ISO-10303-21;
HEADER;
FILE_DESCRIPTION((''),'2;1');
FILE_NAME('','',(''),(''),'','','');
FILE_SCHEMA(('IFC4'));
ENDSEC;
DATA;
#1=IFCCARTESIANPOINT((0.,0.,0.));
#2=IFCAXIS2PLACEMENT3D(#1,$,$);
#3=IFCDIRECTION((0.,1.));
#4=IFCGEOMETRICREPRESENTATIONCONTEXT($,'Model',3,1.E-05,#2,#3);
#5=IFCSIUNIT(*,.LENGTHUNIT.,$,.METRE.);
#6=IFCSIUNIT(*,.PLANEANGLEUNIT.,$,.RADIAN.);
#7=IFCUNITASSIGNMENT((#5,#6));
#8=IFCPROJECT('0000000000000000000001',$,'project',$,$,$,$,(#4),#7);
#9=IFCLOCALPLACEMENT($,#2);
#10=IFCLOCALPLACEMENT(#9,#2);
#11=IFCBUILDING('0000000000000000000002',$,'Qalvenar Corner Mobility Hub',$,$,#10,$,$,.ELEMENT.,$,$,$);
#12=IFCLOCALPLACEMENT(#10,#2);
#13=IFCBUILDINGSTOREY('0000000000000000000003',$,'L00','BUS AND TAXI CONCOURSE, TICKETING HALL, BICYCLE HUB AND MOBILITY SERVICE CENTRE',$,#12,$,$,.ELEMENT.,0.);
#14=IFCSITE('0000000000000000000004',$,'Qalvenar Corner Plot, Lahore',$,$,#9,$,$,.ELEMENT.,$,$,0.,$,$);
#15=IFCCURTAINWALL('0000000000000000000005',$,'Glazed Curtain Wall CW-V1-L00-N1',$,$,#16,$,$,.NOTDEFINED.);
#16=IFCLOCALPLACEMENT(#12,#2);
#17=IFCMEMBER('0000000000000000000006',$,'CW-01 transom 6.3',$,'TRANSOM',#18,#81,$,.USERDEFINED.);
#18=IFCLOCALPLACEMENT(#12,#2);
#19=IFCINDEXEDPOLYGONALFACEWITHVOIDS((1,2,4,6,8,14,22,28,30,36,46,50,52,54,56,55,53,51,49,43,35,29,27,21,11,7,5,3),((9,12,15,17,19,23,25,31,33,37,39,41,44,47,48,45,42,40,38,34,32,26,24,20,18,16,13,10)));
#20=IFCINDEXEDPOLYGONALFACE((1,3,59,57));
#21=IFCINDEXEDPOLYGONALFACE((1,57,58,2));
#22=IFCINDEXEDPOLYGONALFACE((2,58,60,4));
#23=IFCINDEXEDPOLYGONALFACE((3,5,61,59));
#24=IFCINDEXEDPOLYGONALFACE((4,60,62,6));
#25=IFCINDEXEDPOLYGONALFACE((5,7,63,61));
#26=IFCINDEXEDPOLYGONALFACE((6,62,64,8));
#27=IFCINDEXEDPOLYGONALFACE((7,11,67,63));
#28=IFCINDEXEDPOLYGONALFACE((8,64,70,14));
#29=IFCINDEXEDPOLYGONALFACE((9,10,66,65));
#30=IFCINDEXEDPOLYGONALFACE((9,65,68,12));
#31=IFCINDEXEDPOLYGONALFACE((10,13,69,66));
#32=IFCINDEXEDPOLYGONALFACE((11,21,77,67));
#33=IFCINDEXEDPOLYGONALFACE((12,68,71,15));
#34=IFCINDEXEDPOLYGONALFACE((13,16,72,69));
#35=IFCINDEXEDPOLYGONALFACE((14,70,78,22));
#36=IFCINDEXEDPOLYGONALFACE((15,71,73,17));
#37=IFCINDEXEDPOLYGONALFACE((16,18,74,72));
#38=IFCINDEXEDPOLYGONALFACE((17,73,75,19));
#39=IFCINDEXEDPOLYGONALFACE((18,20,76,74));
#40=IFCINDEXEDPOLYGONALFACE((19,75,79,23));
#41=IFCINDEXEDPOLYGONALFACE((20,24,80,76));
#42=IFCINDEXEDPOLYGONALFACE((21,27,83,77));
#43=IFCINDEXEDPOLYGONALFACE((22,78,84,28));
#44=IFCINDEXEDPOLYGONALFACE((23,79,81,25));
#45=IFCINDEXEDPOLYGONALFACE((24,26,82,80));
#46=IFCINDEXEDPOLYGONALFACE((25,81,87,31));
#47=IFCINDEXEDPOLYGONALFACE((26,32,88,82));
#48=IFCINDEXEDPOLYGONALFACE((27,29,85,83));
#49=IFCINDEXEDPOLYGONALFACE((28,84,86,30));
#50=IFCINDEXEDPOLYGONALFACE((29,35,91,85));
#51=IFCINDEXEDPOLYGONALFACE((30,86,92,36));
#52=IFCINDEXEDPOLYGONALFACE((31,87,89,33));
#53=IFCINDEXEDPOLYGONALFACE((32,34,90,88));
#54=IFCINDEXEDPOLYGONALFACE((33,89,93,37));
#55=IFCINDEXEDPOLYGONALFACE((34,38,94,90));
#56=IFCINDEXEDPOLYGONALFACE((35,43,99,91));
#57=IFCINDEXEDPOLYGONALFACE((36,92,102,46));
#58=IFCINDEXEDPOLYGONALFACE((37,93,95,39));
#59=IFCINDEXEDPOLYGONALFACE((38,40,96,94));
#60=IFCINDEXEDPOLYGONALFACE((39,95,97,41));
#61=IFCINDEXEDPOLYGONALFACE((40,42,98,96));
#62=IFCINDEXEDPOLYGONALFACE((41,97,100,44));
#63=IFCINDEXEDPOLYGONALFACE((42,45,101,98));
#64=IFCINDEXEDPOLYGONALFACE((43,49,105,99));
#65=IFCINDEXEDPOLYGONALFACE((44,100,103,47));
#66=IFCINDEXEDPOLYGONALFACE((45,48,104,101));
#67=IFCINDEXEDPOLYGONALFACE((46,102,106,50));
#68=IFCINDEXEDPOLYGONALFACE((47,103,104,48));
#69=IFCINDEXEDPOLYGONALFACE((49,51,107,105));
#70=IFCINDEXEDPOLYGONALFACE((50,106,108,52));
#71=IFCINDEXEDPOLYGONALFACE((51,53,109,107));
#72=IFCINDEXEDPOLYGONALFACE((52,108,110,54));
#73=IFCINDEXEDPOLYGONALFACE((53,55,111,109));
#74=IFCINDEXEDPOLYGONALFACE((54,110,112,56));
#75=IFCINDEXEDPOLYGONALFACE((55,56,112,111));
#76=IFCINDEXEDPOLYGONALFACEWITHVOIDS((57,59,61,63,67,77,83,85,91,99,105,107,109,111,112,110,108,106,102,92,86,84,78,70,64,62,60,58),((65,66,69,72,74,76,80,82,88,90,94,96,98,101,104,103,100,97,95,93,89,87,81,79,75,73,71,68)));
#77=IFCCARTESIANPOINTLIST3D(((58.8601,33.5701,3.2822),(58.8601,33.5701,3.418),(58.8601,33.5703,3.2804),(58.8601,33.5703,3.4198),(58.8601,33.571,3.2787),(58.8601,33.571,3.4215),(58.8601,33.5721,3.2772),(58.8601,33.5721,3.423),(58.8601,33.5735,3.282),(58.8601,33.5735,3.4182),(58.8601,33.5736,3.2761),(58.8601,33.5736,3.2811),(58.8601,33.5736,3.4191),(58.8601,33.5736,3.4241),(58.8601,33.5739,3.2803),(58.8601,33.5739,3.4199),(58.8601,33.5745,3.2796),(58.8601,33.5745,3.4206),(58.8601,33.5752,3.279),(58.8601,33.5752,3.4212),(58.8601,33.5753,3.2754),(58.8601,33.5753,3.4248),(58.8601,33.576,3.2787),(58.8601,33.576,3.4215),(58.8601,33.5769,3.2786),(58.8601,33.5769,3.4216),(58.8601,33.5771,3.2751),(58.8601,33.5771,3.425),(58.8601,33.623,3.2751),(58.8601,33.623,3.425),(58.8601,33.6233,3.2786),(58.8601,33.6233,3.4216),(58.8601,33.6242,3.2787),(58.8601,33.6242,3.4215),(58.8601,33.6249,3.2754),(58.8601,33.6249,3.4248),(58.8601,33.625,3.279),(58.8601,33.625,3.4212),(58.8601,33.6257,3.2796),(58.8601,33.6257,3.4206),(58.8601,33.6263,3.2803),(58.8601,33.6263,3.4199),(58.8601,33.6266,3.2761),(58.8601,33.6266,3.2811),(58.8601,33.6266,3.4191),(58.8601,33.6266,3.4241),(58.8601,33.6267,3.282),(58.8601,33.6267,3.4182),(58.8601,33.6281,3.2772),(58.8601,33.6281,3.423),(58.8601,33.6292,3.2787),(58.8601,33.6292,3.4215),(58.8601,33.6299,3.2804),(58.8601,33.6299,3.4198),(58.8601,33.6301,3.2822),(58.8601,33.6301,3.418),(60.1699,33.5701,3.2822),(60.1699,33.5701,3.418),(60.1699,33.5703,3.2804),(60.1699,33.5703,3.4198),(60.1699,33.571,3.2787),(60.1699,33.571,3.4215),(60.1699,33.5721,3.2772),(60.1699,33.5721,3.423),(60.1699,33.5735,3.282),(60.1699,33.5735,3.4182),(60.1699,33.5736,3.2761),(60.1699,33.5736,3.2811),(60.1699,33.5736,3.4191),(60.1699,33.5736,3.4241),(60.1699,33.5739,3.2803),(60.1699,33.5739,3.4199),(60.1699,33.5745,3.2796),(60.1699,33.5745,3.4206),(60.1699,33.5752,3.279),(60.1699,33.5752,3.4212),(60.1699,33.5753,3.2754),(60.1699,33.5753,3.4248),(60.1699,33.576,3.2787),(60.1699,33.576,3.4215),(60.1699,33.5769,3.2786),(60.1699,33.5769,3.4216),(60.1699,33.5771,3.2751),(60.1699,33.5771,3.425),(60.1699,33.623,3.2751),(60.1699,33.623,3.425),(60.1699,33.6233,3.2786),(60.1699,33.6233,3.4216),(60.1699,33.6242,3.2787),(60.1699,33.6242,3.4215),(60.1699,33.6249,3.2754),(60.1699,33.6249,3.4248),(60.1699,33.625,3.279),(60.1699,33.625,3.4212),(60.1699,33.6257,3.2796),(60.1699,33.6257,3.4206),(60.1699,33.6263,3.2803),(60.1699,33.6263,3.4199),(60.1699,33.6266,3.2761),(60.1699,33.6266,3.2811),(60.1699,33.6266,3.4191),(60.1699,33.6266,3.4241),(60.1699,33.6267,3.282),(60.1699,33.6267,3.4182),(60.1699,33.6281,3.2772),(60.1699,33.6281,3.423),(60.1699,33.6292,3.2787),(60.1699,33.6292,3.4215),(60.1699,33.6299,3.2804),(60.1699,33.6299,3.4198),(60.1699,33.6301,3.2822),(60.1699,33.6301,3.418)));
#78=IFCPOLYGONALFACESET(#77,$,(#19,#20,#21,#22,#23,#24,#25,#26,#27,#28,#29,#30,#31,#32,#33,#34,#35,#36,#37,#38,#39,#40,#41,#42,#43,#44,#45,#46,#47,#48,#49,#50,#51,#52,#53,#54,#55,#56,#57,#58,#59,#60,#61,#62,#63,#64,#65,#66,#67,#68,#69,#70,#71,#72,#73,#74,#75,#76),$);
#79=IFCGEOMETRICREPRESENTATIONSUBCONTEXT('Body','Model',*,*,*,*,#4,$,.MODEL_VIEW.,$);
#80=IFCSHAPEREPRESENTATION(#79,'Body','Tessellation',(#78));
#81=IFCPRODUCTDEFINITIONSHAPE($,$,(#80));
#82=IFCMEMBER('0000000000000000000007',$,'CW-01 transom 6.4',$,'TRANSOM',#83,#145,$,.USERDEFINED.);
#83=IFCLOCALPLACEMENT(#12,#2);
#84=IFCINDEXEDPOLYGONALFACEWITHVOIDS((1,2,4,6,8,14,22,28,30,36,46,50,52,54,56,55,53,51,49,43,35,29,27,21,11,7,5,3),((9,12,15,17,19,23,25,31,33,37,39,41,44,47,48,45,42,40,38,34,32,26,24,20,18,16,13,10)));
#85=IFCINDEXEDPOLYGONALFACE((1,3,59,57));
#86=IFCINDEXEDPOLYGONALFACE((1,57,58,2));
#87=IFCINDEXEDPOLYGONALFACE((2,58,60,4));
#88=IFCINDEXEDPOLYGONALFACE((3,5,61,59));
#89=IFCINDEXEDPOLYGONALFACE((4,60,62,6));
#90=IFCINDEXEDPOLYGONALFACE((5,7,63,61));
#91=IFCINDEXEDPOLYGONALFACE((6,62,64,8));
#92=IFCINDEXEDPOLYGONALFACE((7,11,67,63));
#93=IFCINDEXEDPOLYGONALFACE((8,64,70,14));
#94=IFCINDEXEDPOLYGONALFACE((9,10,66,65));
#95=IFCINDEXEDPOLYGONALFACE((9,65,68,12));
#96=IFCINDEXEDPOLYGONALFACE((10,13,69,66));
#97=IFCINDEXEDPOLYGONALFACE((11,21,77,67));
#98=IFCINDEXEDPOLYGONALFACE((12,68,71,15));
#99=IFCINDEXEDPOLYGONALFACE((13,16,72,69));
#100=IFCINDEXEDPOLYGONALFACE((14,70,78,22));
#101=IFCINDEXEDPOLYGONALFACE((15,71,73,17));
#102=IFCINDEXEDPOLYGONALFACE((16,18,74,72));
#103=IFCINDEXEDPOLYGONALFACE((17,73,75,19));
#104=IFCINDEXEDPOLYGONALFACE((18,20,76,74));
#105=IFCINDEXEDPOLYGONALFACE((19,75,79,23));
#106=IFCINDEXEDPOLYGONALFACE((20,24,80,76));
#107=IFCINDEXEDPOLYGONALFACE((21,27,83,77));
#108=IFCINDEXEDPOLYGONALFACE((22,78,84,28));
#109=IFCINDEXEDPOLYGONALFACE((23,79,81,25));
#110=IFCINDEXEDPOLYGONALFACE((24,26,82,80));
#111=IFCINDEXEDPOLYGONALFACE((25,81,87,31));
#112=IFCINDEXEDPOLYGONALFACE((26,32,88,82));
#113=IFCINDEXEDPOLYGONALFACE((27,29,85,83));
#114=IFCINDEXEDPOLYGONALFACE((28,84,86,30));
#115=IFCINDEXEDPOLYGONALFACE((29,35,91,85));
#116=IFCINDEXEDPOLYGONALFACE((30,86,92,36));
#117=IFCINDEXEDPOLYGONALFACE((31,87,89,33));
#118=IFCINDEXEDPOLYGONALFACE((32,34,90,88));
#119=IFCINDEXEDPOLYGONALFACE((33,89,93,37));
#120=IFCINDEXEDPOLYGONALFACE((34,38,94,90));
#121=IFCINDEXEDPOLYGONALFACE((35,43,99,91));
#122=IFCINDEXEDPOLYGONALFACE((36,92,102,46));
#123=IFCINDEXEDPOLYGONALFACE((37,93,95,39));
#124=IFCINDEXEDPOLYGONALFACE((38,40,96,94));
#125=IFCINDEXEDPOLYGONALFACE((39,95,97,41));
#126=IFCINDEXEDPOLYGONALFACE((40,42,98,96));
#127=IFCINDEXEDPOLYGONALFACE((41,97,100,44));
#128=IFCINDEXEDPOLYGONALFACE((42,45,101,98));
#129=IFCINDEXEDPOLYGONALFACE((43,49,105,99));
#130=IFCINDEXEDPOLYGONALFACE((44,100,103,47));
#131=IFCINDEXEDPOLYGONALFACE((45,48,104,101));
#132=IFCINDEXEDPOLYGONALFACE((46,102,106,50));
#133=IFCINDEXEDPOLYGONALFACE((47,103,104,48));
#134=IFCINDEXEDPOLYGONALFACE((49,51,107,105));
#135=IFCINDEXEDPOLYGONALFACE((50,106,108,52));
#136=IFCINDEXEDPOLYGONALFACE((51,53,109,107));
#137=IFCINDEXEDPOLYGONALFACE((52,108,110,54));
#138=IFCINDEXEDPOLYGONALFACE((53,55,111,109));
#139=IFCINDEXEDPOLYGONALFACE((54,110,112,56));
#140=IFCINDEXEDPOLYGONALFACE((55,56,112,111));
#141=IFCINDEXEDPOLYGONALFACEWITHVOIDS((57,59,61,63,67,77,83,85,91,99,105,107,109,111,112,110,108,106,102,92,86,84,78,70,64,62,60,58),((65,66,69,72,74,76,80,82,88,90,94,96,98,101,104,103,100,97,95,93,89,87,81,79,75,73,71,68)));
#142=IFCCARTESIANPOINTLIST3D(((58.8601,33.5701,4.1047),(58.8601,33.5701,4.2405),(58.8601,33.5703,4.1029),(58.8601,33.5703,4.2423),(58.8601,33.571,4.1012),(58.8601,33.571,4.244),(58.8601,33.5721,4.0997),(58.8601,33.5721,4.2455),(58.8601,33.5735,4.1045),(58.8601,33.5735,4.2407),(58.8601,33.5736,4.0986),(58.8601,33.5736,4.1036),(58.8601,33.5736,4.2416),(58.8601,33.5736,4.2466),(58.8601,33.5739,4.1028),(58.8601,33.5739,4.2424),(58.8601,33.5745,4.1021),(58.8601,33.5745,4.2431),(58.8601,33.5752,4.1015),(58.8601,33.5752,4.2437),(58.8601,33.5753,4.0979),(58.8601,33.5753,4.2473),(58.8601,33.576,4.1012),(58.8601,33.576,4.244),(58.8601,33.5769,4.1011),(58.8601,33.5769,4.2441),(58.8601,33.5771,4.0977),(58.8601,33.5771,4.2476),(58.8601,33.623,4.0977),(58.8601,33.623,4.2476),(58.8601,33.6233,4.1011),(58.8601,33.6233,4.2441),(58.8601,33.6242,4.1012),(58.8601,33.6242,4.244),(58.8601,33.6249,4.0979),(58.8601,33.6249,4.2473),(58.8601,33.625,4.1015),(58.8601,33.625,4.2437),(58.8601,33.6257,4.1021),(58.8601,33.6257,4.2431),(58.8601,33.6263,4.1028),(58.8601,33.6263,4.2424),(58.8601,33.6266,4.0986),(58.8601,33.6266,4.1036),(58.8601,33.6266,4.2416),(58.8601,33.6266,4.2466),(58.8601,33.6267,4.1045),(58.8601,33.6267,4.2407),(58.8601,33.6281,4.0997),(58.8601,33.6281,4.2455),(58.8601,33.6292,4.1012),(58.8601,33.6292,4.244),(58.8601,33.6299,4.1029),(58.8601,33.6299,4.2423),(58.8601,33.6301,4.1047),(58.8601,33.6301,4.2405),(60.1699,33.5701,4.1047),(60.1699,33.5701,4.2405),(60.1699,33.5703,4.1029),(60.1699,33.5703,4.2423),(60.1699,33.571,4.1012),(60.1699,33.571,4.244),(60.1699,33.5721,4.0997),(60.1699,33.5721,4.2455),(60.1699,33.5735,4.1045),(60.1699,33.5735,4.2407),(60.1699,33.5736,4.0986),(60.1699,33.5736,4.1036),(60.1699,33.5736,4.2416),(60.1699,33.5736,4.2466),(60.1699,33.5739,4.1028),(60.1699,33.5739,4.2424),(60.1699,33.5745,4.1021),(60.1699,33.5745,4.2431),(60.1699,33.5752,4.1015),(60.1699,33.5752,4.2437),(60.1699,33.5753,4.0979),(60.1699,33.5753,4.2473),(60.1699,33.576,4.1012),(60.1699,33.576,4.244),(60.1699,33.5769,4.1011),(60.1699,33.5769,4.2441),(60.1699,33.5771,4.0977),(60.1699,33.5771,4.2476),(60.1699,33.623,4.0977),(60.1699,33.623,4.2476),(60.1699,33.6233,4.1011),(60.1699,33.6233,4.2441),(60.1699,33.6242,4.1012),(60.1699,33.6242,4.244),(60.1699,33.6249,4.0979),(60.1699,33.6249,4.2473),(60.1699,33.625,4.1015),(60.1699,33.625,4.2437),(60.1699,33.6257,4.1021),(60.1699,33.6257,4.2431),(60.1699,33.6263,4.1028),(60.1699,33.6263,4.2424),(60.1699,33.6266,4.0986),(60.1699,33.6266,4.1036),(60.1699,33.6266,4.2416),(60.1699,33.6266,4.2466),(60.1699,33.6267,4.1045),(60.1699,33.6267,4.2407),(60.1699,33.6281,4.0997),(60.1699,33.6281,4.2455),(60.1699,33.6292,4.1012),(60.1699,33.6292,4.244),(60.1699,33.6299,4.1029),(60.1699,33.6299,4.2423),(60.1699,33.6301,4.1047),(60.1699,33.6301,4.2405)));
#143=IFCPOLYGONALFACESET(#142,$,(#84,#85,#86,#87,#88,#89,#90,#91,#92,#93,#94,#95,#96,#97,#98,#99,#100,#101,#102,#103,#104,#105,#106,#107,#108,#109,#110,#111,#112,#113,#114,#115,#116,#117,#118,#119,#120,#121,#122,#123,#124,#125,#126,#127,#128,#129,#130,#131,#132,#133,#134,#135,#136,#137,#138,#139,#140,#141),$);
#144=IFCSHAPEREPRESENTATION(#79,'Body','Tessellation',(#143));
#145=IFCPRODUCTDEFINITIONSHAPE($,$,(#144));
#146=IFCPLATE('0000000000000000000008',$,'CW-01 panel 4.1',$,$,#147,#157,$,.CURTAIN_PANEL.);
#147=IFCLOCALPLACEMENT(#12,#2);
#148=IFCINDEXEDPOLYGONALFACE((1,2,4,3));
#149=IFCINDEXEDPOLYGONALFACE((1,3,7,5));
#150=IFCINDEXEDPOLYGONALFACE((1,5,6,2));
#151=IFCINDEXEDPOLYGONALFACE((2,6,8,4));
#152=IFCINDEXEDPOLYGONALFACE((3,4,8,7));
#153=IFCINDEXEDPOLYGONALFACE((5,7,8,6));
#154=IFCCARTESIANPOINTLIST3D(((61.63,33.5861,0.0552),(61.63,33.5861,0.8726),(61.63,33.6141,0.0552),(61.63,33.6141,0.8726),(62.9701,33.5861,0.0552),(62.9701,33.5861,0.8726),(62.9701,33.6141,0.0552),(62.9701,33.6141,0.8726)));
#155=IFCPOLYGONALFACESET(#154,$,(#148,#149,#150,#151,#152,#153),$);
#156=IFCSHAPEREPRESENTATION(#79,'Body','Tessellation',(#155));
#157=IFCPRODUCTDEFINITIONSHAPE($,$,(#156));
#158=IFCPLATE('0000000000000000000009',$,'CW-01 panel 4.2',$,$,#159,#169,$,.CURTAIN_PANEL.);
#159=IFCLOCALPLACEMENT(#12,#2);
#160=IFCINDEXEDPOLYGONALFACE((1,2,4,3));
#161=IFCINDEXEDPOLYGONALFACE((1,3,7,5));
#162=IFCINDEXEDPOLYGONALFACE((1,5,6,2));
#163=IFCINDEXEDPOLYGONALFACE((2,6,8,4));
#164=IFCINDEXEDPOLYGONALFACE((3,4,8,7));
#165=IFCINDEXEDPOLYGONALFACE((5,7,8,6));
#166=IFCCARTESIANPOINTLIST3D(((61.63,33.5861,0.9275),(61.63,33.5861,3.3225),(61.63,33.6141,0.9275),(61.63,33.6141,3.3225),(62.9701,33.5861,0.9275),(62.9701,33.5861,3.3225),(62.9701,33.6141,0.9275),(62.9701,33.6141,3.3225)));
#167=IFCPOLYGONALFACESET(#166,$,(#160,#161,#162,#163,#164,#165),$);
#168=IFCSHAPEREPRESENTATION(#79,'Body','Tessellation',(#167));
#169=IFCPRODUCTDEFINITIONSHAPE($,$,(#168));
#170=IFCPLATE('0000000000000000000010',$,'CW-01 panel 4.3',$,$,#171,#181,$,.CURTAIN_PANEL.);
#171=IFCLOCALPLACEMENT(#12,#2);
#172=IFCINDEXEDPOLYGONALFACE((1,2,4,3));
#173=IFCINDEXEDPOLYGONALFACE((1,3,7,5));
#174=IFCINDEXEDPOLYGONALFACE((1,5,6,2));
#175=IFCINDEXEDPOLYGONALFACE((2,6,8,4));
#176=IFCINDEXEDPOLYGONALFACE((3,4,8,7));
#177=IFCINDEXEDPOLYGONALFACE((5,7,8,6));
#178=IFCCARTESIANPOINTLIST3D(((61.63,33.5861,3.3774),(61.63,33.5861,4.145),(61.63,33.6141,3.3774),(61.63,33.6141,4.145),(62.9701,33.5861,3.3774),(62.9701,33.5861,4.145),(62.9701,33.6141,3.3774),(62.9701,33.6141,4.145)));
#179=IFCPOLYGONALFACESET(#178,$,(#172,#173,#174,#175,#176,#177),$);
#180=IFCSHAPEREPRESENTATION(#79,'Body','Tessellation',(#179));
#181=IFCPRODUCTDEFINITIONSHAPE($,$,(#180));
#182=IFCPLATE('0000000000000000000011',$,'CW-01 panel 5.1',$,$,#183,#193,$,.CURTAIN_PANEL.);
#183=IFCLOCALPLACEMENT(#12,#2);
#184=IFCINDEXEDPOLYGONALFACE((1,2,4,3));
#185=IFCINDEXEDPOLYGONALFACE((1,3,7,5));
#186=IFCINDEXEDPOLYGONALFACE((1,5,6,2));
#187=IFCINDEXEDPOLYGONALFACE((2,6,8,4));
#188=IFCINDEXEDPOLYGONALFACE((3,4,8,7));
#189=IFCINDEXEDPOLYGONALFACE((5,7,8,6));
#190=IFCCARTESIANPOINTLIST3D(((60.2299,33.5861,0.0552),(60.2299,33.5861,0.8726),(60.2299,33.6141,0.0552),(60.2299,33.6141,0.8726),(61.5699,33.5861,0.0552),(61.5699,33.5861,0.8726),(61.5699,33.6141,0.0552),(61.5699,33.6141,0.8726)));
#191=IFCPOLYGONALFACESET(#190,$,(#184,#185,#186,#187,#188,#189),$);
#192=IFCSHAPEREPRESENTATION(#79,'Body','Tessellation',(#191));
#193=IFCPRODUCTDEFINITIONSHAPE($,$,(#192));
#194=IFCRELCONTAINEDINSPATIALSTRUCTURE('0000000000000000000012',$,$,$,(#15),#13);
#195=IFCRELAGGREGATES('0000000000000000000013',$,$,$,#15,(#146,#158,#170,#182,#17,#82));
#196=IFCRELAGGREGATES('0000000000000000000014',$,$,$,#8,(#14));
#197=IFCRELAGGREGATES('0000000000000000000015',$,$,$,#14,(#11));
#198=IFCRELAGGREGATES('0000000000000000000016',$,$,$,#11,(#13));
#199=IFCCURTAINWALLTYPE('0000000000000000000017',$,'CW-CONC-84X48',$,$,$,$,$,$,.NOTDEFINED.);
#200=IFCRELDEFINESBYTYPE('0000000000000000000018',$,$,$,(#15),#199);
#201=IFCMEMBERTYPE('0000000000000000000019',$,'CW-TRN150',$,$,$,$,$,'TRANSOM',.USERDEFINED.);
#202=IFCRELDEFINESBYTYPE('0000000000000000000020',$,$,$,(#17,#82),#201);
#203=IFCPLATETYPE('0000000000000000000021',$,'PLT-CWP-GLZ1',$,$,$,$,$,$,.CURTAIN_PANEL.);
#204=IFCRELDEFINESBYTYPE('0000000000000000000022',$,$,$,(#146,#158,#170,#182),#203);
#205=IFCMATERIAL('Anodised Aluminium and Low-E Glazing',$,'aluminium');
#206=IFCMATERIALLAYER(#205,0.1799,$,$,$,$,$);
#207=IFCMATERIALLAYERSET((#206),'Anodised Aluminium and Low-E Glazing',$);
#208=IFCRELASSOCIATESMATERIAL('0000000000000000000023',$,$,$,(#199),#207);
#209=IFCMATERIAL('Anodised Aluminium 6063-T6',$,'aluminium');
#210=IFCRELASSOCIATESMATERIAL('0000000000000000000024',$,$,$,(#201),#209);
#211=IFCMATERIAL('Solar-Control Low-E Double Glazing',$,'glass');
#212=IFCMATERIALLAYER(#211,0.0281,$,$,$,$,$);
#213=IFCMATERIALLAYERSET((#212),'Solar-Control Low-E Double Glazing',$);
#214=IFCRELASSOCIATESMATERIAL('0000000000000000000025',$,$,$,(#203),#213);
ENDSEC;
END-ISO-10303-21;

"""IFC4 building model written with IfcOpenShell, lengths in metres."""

from ifc_helpers import new_model, si_unit, direction, frame, origin, origin_2d, place, context, subcontext, project, spatial, rectangle, hollow_rectangle, extrude, material, layer, layer_set, material_profile, profile_set, type_object, element, aggregate, save


model = new_model("IFC4")

# Units and contexts
model_context = context("Model", 3, precision=1e-05, world=origin(), true_north=direction((0.0, 1.0)))
body_context = subcontext(model_context, "Body", "Model", "MODEL_VIEW")
ifc_project = project(units=[si_unit("LENGTHUNIT", "METRE"), si_unit("PLANEANGLEUNIT", "RADIAN")], contexts=[model_context])

# Site, building, storey
site_placement = place(None, origin())
site = spatial("IfcSite", under=ifc_project, at=site_placement, Name="Qalvenar Corner Plot, Lahore", CompositionType="ELEMENT", RefElevation=0.0)
building_placement = place(site_placement, origin())
building = spatial("IfcBuilding", under=site, at=building_placement, Name="Qalvenar Corner Mobility Hub", CompositionType="ELEMENT")
storey_placement = place(building_placement, origin())
storey = spatial("IfcBuildingStorey", under=building, at=storey_placement, Name="L00", Description="BUS AND TAXI CONCOURSE, TICKETING HALL, BICYCLE HUB AND MOBILITY SERVICE CENTRE", CompositionType="ELEMENT", Elevation=0.0)

# Curtain wall, members, plates
ifc_material_1 = material(Name="Anodised Aluminium and Low-E Glazing", Category="aluminium")
ifc_layer_1 = layer(ifc_material_1, 0.1799)
ifc_layer_set_1 = layer_set([ifc_layer_1], Name="Anodised Aluminium and Low-E Glazing")
curtain_wall_type = type_object("IfcCurtainWallType", Name="CW-CONC-84X48", PredefinedType="NOTDEFINED", material=ifc_layer_set_1)
curtain_wall_placement = place(storey_placement, origin())
curtain_wall = element("IfcCurtainWall", 1, at=curtain_wall_placement, inside=storey, type_object=curtain_wall_type, Name="Glazed Curtain Wall CW-V1-L00-N1", PredefinedType="NOTDEFINED")
ifc_material_2 = material(Name="Anodised Aluminium 6063-T6", Category="aluminium")
ifc_material_profile_1 = material_profile(ifc_material_2, hollow_rectangle(XDim=0.0601, YDim=0.1499, WallThickness=0.0034, InnerFilletRadius=0.0034, OuterFilletRadius=0.0071, at=origin_2d()), Name="RHS150x60x3.5")
ifc_profile_set_1 = profile_set([ifc_material_profile_1], Name="Anodised Aluminium 6063-T6")
member_type_1 = type_object("IfcMemberType", Name="CW-TRN150", ElementType="TRANSOM", PredefinedType="USERDEFINED", material=ifc_profile_set_1)
member_1_placement = place(storey_placement, frame((60.1699, 33.6001, 3.3501), z_axis=(-1.0, 0.0, 0.0), x_axis=(0.0, -1.0, 0.0)))
member_1 = element("IfcMember", 2, at=member_1_placement, type_object=member_type_1, Name="CW-01 transom 6.3", ObjectType="TRANSOM", PredefinedType="USERDEFINED", context=body_context, shape_type="SweptSolid", body=[
    extrude(hollow_rectangle(XDim=0.0601, YDim=0.1499, WallThickness=0.0034, InnerFilletRadius=0.0034, OuterFilletRadius=0.0071, at=origin_2d()), origin(), (0.0, 0.0, 1.0), 1.3098),
])
member_2_placement = place(storey_placement, frame((60.1699, 33.6001, 4.1726), z_axis=(-1.0, 0.0, 0.0), x_axis=(0.0, -1.0, 0.0)))
member_2 = element("IfcMember", 3, at=member_2_placement, type_object=member_type_1, Name="CW-01 transom 6.4", ObjectType="TRANSOM", PredefinedType="USERDEFINED", context=body_context, shape_type="SweptSolid", body=[
    extrude(hollow_rectangle(XDim=0.0601, YDim=0.1499, WallThickness=0.0034, InnerFilletRadius=0.0034, OuterFilletRadius=0.0071, at=origin_2d()), origin(), (0.0, 0.0, 1.0), 1.3098),
])
ifc_material_3 = material(Name="Solar-Control Low-E Double Glazing", Category="glass")
ifc_layer_2 = layer(ifc_material_3, 0.0281)
ifc_layer_set_2 = layer_set([ifc_layer_2], Name="Solar-Control Low-E Double Glazing")
plate_type = type_object("IfcPlateType", Name="PLT-CWP-GLZ1", PredefinedType="CURTAIN_PANEL", material=ifc_layer_set_2)
plate_1_placement = place(storey_placement, frame((62.3, 33.6001, 0.0552), z_axis=(0.0, 0.0, 1.0), x_axis=(-1.0, 0.0, 0.0)))
plate_1 = element("IfcPlate", 4, at=plate_1_placement, type_object=plate_type, Name="CW-01 panel 4.1", PredefinedType="CURTAIN_PANEL", context=body_context, shape_type="SweptSolid", body=[
    extrude(rectangle(XDim=1.3401, YDim=0.0281, at=origin_2d()), origin(), (0.0, 0.0, 1.0), 0.8174),
])
plate_2_placement = place(storey_placement, frame((62.3, 33.6001, 0.9275), z_axis=(0.0, 0.0, 1.0), x_axis=(-1.0, 0.0, 0.0)))
plate_2 = element("IfcPlate", 5, at=plate_2_placement, type_object=plate_type, Name="CW-01 panel 4.2", PredefinedType="CURTAIN_PANEL", context=body_context, shape_type="SweptSolid", body=[
    extrude(rectangle(XDim=1.3401, YDim=0.0281, at=origin_2d()), origin(), (0.0, 0.0, 1.0), 2.395),
])
plate_3_placement = place(storey_placement, frame((62.3, 33.6001, 3.3774), z_axis=(0.0, 0.0, 1.0), x_axis=(-1.0, 0.0, 0.0)))
plate_3 = element("IfcPlate", 6, at=plate_3_placement, type_object=plate_type, Name="CW-01 panel 4.3", PredefinedType="CURTAIN_PANEL", context=body_context, shape_type="SweptSolid", body=[
    extrude(rectangle(XDim=1.3401, YDim=0.0281, at=origin_2d()), origin(), (0.0, 0.0, 1.0), 0.7676),
])
plate_4_placement = place(storey_placement, frame((60.8999, 33.6001, 0.0552), z_axis=(0.0, 0.0, 1.0), x_axis=(-1.0, 0.0, 0.0)))
plate_4 = element("IfcPlate", 7, at=plate_4_placement, type_object=plate_type, Name="CW-01 panel 5.1", PredefinedType="CURTAIN_PANEL", context=body_context, shape_type="SweptSolid", body=[
    extrude(rectangle(XDim=1.3401, YDim=0.0281, at=origin_2d()), origin(), (0.0, 0.0, 1.0), 0.8174),
])
aggregate(curtain_wall, [plate_1, plate_2, plate_3, plate_4, member_1, member_2])

save(model, "model.ifc")
